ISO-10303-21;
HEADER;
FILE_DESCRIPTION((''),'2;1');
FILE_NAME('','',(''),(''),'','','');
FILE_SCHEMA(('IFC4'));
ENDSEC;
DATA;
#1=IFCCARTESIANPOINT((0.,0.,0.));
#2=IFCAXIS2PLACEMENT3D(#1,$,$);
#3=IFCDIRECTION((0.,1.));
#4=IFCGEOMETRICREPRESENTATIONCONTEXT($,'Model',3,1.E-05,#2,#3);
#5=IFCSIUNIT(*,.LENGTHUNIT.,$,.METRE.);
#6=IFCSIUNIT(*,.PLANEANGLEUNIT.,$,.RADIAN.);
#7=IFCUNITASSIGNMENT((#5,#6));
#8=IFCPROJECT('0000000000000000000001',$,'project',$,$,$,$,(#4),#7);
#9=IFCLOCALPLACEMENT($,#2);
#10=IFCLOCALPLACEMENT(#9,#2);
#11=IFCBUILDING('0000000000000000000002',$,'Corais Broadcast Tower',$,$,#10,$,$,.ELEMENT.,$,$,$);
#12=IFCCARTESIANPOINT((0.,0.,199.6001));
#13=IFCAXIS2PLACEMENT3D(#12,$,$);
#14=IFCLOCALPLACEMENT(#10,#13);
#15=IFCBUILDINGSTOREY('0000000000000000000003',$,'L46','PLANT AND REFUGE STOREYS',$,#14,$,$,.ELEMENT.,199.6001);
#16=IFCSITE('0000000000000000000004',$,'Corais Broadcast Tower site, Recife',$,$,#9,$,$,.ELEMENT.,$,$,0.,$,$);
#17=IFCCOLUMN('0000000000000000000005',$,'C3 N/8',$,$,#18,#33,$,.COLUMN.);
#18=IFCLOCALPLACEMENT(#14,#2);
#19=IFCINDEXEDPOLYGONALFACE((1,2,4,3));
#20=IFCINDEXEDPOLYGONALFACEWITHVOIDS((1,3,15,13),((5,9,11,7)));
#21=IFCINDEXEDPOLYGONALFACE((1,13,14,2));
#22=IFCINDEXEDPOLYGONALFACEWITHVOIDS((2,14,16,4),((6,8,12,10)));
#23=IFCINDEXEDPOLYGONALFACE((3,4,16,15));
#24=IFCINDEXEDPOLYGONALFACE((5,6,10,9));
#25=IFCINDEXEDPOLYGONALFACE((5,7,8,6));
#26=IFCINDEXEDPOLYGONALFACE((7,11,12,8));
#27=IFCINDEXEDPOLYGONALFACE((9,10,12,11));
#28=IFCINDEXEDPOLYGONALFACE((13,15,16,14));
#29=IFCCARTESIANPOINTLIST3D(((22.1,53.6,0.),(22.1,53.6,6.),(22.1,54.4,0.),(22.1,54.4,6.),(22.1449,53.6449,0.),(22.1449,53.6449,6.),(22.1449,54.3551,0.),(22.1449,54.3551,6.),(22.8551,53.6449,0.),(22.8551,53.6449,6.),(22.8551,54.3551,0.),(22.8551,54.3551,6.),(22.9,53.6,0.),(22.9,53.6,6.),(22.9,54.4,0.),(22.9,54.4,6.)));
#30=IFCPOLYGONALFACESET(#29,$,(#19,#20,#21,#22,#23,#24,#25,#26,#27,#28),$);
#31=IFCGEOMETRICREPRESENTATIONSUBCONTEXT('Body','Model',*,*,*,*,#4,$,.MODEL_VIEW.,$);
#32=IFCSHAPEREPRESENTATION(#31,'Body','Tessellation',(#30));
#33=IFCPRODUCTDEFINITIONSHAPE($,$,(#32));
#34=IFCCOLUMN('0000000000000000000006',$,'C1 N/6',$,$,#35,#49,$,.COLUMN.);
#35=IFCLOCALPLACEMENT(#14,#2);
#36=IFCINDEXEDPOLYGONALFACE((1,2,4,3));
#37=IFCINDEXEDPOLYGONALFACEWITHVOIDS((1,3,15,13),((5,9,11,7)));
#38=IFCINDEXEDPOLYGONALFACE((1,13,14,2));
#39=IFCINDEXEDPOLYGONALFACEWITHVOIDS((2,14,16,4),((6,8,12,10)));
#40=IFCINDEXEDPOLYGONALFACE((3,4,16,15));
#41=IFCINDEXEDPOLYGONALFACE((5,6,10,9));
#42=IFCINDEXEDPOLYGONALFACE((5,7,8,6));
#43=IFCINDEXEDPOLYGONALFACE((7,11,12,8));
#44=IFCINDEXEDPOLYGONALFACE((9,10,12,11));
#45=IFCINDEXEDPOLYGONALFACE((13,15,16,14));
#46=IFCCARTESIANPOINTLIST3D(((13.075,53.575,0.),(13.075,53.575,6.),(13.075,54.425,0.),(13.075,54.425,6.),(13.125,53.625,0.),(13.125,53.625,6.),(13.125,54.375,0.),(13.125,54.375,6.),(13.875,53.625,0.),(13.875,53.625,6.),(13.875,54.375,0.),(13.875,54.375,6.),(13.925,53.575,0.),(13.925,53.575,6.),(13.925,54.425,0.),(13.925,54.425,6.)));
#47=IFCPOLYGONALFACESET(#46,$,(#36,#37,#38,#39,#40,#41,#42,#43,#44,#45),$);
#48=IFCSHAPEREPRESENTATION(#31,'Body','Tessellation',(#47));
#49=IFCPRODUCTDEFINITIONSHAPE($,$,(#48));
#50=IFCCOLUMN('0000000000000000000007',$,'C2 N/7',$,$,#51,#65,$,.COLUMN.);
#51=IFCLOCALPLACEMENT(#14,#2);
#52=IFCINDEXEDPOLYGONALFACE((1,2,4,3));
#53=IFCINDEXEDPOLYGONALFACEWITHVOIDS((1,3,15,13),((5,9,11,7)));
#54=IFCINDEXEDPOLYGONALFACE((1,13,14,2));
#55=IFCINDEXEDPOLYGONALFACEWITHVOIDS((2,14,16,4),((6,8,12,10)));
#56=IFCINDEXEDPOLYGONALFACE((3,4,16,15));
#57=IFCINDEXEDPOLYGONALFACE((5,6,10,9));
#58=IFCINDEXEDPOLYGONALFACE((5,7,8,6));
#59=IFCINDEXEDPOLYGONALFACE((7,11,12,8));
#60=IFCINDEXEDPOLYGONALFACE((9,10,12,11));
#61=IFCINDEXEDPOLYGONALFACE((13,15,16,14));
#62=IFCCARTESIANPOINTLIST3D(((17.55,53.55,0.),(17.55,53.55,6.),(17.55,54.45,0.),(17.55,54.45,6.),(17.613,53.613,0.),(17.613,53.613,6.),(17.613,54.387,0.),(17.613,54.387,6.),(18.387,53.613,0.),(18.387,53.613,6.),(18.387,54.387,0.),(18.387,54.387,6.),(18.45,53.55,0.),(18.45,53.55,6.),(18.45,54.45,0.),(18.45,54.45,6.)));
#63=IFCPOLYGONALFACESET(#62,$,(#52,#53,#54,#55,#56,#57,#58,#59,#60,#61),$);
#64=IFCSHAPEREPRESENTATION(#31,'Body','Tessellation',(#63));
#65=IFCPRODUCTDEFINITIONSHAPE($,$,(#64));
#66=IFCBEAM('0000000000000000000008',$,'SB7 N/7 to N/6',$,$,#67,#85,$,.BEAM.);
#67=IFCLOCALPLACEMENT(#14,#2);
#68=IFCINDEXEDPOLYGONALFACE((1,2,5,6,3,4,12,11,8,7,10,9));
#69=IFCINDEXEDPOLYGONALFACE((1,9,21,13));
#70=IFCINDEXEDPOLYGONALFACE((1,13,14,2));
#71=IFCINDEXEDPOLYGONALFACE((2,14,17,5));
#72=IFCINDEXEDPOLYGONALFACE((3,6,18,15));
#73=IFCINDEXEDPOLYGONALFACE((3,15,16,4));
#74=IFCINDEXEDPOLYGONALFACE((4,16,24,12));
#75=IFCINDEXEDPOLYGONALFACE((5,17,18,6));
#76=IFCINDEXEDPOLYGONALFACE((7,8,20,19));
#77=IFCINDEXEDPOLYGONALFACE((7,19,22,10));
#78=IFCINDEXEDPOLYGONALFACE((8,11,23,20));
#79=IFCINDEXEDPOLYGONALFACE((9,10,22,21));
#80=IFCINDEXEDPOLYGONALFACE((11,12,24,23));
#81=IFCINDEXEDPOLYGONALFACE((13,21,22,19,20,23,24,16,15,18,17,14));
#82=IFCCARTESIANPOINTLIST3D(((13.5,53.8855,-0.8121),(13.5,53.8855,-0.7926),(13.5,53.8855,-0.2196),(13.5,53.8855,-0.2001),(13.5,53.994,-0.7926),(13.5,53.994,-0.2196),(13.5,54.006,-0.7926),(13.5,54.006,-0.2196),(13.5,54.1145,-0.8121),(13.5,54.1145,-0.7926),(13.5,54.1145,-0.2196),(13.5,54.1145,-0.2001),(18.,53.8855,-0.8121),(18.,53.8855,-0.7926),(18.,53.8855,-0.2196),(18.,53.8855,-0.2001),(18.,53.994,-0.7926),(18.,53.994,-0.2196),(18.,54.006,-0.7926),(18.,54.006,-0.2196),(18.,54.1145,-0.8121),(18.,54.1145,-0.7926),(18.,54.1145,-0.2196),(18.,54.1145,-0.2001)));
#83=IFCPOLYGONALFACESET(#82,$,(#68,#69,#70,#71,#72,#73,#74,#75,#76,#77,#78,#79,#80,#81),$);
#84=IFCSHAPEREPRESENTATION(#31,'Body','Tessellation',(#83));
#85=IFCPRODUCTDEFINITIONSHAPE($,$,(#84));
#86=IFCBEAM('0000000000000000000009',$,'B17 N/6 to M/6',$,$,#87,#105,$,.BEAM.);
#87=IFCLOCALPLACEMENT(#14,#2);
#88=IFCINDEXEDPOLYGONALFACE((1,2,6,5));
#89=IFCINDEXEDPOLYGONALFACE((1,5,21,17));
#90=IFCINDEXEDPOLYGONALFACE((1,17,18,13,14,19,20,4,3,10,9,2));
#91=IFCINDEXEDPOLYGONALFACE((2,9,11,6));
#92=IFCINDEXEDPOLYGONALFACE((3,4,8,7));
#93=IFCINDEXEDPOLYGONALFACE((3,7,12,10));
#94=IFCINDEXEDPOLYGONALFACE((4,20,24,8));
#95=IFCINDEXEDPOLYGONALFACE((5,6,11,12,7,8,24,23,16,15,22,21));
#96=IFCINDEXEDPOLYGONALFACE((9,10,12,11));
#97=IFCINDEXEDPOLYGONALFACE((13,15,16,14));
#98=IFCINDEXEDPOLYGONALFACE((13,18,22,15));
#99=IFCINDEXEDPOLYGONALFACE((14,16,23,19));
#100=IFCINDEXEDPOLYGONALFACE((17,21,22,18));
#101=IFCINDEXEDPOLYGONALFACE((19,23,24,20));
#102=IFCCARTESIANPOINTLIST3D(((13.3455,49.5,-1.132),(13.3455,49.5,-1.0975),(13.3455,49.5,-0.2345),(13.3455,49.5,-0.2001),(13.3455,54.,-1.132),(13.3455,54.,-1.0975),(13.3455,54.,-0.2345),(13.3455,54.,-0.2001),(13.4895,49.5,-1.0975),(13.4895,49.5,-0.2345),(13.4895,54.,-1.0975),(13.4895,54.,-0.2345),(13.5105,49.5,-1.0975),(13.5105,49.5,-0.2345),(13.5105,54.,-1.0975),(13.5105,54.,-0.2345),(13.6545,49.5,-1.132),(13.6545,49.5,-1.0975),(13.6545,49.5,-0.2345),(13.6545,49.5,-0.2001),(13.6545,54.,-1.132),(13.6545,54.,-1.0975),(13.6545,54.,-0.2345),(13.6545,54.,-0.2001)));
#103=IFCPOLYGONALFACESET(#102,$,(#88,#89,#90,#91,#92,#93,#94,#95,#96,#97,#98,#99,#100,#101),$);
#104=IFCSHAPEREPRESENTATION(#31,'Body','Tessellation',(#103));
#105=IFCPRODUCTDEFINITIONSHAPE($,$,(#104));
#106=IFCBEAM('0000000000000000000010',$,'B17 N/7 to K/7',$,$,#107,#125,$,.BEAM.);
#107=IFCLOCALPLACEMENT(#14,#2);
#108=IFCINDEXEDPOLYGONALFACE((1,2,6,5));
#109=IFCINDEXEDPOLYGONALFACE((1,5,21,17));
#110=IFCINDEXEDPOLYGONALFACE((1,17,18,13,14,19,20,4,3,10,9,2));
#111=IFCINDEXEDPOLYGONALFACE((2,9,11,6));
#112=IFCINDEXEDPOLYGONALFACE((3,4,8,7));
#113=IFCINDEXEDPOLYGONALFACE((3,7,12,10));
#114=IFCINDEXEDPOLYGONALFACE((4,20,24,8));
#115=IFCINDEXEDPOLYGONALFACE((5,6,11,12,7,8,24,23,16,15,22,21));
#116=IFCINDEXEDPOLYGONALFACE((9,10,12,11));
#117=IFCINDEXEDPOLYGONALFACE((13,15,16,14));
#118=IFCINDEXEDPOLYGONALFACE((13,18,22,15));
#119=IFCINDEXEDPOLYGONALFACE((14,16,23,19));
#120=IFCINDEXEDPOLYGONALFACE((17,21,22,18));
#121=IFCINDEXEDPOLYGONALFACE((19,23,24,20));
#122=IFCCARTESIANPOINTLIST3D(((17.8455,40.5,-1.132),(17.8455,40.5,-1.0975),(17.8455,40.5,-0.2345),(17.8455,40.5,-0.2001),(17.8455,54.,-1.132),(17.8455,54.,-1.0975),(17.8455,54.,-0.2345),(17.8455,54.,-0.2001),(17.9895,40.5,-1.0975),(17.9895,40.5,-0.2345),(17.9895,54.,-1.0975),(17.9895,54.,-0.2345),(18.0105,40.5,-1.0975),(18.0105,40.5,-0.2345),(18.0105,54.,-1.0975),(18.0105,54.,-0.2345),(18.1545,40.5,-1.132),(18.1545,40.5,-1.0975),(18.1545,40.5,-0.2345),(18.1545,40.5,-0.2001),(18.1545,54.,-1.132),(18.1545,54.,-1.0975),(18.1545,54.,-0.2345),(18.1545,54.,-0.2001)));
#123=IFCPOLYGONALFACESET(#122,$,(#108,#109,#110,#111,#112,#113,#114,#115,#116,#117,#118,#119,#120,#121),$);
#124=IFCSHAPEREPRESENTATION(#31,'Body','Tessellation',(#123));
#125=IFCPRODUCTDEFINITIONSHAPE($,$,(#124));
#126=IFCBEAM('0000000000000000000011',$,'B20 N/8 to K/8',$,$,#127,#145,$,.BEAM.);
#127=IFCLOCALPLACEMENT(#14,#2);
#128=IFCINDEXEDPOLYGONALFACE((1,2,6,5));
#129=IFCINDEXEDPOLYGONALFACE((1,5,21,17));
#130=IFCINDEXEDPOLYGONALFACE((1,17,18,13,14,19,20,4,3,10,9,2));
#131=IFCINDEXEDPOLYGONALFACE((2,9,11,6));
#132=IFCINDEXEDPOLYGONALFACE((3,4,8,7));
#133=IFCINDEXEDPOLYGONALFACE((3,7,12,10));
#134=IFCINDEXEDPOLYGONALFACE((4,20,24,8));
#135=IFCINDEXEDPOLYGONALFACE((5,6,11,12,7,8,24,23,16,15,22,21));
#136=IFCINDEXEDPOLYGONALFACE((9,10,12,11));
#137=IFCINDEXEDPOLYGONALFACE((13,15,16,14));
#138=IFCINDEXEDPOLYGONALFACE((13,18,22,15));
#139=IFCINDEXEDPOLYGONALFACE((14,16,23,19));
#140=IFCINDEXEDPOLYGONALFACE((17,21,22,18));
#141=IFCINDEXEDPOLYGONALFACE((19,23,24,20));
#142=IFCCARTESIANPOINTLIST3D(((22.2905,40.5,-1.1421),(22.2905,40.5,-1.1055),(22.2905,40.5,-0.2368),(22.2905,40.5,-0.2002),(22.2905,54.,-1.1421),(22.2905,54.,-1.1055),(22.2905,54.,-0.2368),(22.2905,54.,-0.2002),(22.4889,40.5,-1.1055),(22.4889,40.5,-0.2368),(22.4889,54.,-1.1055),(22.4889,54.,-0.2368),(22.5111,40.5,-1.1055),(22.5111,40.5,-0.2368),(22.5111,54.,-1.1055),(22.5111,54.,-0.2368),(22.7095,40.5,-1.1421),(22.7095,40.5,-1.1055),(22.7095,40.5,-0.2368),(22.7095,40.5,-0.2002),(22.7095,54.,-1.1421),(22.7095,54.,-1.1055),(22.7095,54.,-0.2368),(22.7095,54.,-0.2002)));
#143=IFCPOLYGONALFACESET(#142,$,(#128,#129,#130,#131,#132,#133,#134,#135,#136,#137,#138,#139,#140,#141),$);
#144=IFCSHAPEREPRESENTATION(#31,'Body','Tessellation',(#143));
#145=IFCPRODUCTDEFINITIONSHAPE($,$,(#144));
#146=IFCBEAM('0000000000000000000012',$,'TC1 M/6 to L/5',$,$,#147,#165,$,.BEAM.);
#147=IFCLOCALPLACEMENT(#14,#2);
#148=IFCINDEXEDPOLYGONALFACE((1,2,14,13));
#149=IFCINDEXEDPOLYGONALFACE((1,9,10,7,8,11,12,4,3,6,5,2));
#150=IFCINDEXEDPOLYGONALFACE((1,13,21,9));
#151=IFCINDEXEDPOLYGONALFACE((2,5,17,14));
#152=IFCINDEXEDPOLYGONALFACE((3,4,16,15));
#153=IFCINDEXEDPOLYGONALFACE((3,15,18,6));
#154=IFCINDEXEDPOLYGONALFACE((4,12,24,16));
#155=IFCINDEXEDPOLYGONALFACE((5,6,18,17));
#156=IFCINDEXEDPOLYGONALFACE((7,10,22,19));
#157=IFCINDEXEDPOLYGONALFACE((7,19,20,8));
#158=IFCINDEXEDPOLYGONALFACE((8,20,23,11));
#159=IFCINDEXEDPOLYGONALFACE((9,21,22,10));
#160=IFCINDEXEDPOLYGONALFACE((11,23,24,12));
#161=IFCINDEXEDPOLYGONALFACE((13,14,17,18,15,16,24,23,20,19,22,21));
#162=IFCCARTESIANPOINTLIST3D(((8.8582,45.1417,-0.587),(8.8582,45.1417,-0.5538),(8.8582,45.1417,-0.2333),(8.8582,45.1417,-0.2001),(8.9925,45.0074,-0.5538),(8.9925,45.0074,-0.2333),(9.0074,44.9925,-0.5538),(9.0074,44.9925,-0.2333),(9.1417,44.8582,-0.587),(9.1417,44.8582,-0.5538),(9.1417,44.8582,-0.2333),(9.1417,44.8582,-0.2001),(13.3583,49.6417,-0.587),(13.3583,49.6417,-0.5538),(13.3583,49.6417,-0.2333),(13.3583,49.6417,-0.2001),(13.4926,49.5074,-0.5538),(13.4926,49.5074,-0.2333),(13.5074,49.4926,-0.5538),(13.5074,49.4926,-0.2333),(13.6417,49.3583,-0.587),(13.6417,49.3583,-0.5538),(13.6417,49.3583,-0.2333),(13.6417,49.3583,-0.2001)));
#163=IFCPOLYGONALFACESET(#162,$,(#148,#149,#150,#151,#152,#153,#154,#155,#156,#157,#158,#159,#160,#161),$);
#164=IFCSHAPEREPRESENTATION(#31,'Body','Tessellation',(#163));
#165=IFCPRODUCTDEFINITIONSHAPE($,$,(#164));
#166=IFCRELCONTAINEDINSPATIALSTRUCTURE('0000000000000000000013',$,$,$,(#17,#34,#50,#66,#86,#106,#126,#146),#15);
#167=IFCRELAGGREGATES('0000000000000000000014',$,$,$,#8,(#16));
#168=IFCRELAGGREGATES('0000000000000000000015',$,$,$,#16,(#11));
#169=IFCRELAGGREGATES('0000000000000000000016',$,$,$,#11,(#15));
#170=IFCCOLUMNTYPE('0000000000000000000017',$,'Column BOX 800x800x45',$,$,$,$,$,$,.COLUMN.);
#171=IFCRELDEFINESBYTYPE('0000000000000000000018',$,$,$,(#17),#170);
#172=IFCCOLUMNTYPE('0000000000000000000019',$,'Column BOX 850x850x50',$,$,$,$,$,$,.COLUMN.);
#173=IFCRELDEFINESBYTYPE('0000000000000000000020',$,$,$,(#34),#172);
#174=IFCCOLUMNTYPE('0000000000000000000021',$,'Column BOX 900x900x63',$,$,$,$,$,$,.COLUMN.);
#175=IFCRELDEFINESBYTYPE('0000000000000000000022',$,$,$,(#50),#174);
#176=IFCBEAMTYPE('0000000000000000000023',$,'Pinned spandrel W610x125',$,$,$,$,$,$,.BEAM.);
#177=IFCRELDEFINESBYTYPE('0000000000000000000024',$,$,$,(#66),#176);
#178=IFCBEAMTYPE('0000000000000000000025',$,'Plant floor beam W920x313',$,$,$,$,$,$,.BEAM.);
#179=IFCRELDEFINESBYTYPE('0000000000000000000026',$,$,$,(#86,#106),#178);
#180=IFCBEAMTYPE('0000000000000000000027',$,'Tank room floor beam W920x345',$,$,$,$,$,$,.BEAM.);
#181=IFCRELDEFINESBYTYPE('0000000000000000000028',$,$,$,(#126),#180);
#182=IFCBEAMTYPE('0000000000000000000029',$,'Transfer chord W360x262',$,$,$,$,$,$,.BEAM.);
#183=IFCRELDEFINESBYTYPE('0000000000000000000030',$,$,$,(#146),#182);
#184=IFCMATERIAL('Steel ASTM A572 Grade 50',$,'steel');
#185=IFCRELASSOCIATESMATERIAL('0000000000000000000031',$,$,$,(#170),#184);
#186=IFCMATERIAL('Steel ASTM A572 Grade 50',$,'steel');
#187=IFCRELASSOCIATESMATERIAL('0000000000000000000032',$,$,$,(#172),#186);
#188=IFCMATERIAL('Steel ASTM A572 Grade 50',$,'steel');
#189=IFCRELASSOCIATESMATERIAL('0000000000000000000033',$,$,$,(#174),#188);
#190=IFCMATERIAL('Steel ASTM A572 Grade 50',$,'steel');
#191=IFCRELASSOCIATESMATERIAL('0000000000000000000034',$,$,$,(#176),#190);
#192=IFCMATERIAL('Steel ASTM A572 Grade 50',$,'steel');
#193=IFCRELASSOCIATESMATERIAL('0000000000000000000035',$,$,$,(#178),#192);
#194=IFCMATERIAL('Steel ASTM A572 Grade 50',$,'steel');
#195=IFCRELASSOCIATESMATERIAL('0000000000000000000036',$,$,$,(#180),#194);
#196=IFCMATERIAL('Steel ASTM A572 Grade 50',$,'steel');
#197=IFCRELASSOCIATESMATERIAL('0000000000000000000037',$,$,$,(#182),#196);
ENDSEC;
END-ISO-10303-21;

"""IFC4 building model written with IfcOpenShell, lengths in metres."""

from ifc_helpers import new_model, si_unit, direction, frame, origin, origin_2d, place, context, subcontext, project, spatial, hollow_rectangle, i_section, extrude, material, material_profile, profile_set, type_object, element, save


model = new_model("IFC4")

# Units and contexts
model_context = context("Model", 3, precision=1e-05, world=origin(), true_north=direction((0.0, 1.0)))
body_context = subcontext(model_context, "Body", "Model", "MODEL_VIEW")
ifc_project = project(units=[si_unit("LENGTHUNIT", "METRE"), si_unit("PLANEANGLEUNIT", "RADIAN")], contexts=[model_context])

# Site, building, storey
site_placement = place(None, origin())
site = spatial("IfcSite", under=ifc_project, at=site_placement, Name="Corais Broadcast Tower site, Recife", CompositionType="ELEMENT", RefElevation=0.0)
building_placement = place(site_placement, origin())
building = spatial("IfcBuilding", under=site, at=building_placement, Name="Corais Broadcast Tower", CompositionType="ELEMENT")
storey_placement = place(building_placement, frame((0.0, 0.0, 199.6001)))
storey = spatial("IfcBuildingStorey", under=building, at=storey_placement, Name="L46", Description="PLANT AND REFUGE STOREYS", CompositionType="ELEMENT", Elevation=199.6001)

# Columns
ifc_material_1 = material(Name="Steel ASTM A572 Grade 50", Category="steel")
ifc_material_profile_1 = material_profile(ifc_material_1, hollow_rectangle(XDim=0.8, YDim=0.8, WallThickness=0.0449, at=origin_2d()), Name="BOX 800x800x45")
ifc_profile_set_1 = profile_set([ifc_material_profile_1], Name="Steel ASTM A572 Grade 50")
column_type_1 = type_object("IfcColumnType", Name="Column BOX 800x800x45", PredefinedType="COLUMN", material=ifc_profile_set_1)
column_1_placement = place(storey_placement, frame((22.5, 54.0, 0.0), z_axis=(0.0, 0.0, 1.0), x_axis=(1.0, 0.0, 0.0)))
element("IfcColumn", 1, at=column_1_placement, inside=storey, type_object=column_type_1, Name="C3 N/8", PredefinedType="COLUMN", context=body_context, shape_type="SweptSolid", body=[
    extrude(hollow_rectangle(XDim=0.8, YDim=0.8, WallThickness=0.0449, at=origin_2d()), origin(), (0.0, 0.0, 1.0), 6.0),
])
ifc_material_2 = material(Name="Steel ASTM A572 Grade 50", Category="steel")
ifc_material_profile_2 = material_profile(ifc_material_2, hollow_rectangle(XDim=0.8501, YDim=0.8501, WallThickness=0.05, at=origin_2d()), Name="BOX 850x850x50")
ifc_profile_set_2 = profile_set([ifc_material_profile_2], Name="Steel ASTM A572 Grade 50")
column_type_2 = type_object("IfcColumnType", Name="Column BOX 850x850x50", PredefinedType="COLUMN", material=ifc_profile_set_2)
column_2_placement = place(storey_placement, frame((13.5, 54.0, 0.0), z_axis=(0.0, 0.0, 1.0), x_axis=(1.0, 0.0, 0.0)))
element("IfcColumn", 2, at=column_2_placement, inside=storey, type_object=column_type_2, Name="C1 N/6", PredefinedType="COLUMN", context=body_context, shape_type="SweptSolid", body=[
    extrude(hollow_rectangle(XDim=0.8501, YDim=0.8501, WallThickness=0.05, at=origin_2d()), origin(), (0.0, 0.0, 1.0), 6.0),
])
ifc_material_3 = material(Name="Steel ASTM A572 Grade 50", Category="steel")
ifc_material_profile_3 = material_profile(ifc_material_3, hollow_rectangle(XDim=0.8999, YDim=0.8999, WallThickness=0.063, at=origin_2d()), Name="BOX 900x900x63")
ifc_profile_set_3 = profile_set([ifc_material_profile_3], Name="Steel ASTM A572 Grade 50")
column_type_3 = type_object("IfcColumnType", Name="Column BOX 900x900x63", PredefinedType="COLUMN", material=ifc_profile_set_3)
column_3_placement = place(storey_placement, frame((18.0, 54.0, 0.0), z_axis=(0.0, 0.0, 1.0), x_axis=(1.0, 0.0, 0.0)))
element("IfcColumn", 3, at=column_3_placement, inside=storey, type_object=column_type_3, Name="C2 N/7", PredefinedType="COLUMN", context=body_context, shape_type="SweptSolid", body=[
    extrude(hollow_rectangle(XDim=0.8999, YDim=0.8999, WallThickness=0.063, at=origin_2d()), origin(), (0.0, 0.0, 1.0), 6.0),
])

# Beams
ifc_material_4 = material(Name="Steel ASTM A572 Grade 50", Category="steel")
ifc_material_profile_4 = material_profile(ifc_material_4, i_section(OverallWidth=0.229, OverallDepth=0.6121, WebThickness=0.012, FlangeThickness=0.0195, at=origin_2d()), Name="W610x125")
ifc_profile_set_4 = profile_set([ifc_material_profile_4], Name="Steel ASTM A572 Grade 50")
beam_type_1 = type_object("IfcBeamType", Name="Pinned spandrel W610x125", PredefinedType="BEAM", material=ifc_profile_set_4)
beam_1_placement = place(storey_placement, frame((18.0, 54.0, -0.5061), z_axis=(-1.0, 0.0, 0.0), x_axis=(0.0, -1.0, 0.0)))
element("IfcBeam", 4, at=beam_1_placement, inside=storey, type_object=beam_type_1, Name="SB7 N/7 to N/6", PredefinedType="BEAM", context=body_context, shape_type="SweptSolid", body=[
    extrude(i_section(OverallWidth=0.229, OverallDepth=0.6121, WebThickness=0.012, FlangeThickness=0.0195, at=origin_2d()), origin(), (0.0, 0.0, 1.0), 4.5),
])
ifc_material_5 = material(Name="Steel ASTM A572 Grade 50", Category="steel")
ifc_material_profile_5 = material_profile(ifc_material_5, i_section(OverallWidth=0.3091, OverallDepth=0.9319, WebThickness=0.021, FlangeThickness=0.0344, at=origin_2d()), Name="W920x313")
ifc_profile_set_5 = profile_set([ifc_material_profile_5], Name="Steel ASTM A572 Grade 50")
beam_type_2 = type_object("IfcBeamType", Name="Plant floor beam W920x313", PredefinedType="BEAM", material=ifc_profile_set_5)
beam_2_placement = place(storey_placement, frame((13.5, 54.0, -0.666), z_axis=(0.0, -1.0, 0.0), x_axis=(1.0, 0.0, 0.0)))
element("IfcBeam", 5, at=beam_2_placement, inside=storey, type_object=beam_type_2, Name="B17 N/6 to M/6", PredefinedType="BEAM", context=body_context, shape_type="SweptSolid", body=[
    extrude(i_section(OverallWidth=0.3091, OverallDepth=0.9319, WebThickness=0.021, FlangeThickness=0.0344, at=origin_2d()), origin(), (0.0, 0.0, 1.0), 4.5),
])
beam_3_placement = place(storey_placement, frame((18.0, 54.0, -0.666), z_axis=(0.0, -1.0, 0.0), x_axis=(1.0, 0.0, 0.0)))
element("IfcBeam", 6, at=beam_3_placement, inside=storey, type_object=beam_type_2, Name="B17 N/7 to K/7", PredefinedType="BEAM", context=body_context, shape_type="SweptSolid", body=[
    extrude(i_section(OverallWidth=0.3091, OverallDepth=0.9319, WebThickness=0.021, FlangeThickness=0.0344, at=origin_2d()), origin(), (0.0, 0.0, 1.0), 13.5),
])
ifc_material_6 = material(Name="Steel ASTM A572 Grade 50", Category="steel")
ifc_material_profile_6 = material_profile(ifc_material_6, i_section(OverallWidth=0.4189, OverallDepth=0.9419, WebThickness=0.0222, FlangeThickness=0.0366, at=origin_2d()), Name="W920x345")
ifc_profile_set_6 = profile_set([ifc_material_profile_6], Name="Steel ASTM A572 Grade 50")
beam_type_3 = type_object("IfcBeamType", Name="Tank room floor beam W920x345", PredefinedType="BEAM", material=ifc_profile_set_6)
beam_4_placement = place(storey_placement, frame((22.5, 54.0, -0.6711), z_axis=(0.0, -1.0, 0.0), x_axis=(1.0, 0.0, 0.0)))
element("IfcBeam", 7, at=beam_4_placement, inside=storey, type_object=beam_type_3, Name="B20 N/8 to K/8", PredefinedType="BEAM", context=body_context, shape_type="SweptSolid", body=[
    extrude(i_section(OverallWidth=0.4189, OverallDepth=0.9419, WebThickness=0.0222, FlangeThickness=0.0366, at=origin_2d()), origin(), (0.0, 0.0, 1.0), 13.5),
])
ifc_material_7 = material(Name="Steel ASTM A572 Grade 50", Category="steel")
ifc_material_profile_7 = material_profile(ifc_material_7, i_section(OverallWidth=0.4009, OverallDepth=0.387, WebThickness=0.021, FlangeThickness=0.0332, at=origin_2d()), Name="W360x262")
ifc_profile_set_7 = profile_set([ifc_material_profile_7], Name="Steel ASTM A572 Grade 50")
beam_type_4 = type_object("IfcBeamType", Name="Transfer chord W360x262", PredefinedType="BEAM", material=ifc_profile_set_7)
for number, where, z_axis, x_axis, name in (
    (8, (13.5, 49.5, -0.3936), (-0.707107, -0.707107, 0.0), (0.707107, -0.707107, 0.0), "TC1 M/6 to L/5"),
):
    element("IfcBeam", number, at=place(storey_placement, frame(where, z_axis=z_axis, x_axis=x_axis)), inside=storey, type_object=beam_type_4, Name=name, PredefinedType="BEAM", context=body_context, shape_type="SweptSolid", body=[
        extrude(i_section(OverallWidth=0.4009, OverallDepth=0.387, WebThickness=0.021, FlangeThickness=0.0332, at=origin_2d()), origin(), (0.0, 0.0, 1.0), 6.364),
    ])

save(model, "model.ifc")
